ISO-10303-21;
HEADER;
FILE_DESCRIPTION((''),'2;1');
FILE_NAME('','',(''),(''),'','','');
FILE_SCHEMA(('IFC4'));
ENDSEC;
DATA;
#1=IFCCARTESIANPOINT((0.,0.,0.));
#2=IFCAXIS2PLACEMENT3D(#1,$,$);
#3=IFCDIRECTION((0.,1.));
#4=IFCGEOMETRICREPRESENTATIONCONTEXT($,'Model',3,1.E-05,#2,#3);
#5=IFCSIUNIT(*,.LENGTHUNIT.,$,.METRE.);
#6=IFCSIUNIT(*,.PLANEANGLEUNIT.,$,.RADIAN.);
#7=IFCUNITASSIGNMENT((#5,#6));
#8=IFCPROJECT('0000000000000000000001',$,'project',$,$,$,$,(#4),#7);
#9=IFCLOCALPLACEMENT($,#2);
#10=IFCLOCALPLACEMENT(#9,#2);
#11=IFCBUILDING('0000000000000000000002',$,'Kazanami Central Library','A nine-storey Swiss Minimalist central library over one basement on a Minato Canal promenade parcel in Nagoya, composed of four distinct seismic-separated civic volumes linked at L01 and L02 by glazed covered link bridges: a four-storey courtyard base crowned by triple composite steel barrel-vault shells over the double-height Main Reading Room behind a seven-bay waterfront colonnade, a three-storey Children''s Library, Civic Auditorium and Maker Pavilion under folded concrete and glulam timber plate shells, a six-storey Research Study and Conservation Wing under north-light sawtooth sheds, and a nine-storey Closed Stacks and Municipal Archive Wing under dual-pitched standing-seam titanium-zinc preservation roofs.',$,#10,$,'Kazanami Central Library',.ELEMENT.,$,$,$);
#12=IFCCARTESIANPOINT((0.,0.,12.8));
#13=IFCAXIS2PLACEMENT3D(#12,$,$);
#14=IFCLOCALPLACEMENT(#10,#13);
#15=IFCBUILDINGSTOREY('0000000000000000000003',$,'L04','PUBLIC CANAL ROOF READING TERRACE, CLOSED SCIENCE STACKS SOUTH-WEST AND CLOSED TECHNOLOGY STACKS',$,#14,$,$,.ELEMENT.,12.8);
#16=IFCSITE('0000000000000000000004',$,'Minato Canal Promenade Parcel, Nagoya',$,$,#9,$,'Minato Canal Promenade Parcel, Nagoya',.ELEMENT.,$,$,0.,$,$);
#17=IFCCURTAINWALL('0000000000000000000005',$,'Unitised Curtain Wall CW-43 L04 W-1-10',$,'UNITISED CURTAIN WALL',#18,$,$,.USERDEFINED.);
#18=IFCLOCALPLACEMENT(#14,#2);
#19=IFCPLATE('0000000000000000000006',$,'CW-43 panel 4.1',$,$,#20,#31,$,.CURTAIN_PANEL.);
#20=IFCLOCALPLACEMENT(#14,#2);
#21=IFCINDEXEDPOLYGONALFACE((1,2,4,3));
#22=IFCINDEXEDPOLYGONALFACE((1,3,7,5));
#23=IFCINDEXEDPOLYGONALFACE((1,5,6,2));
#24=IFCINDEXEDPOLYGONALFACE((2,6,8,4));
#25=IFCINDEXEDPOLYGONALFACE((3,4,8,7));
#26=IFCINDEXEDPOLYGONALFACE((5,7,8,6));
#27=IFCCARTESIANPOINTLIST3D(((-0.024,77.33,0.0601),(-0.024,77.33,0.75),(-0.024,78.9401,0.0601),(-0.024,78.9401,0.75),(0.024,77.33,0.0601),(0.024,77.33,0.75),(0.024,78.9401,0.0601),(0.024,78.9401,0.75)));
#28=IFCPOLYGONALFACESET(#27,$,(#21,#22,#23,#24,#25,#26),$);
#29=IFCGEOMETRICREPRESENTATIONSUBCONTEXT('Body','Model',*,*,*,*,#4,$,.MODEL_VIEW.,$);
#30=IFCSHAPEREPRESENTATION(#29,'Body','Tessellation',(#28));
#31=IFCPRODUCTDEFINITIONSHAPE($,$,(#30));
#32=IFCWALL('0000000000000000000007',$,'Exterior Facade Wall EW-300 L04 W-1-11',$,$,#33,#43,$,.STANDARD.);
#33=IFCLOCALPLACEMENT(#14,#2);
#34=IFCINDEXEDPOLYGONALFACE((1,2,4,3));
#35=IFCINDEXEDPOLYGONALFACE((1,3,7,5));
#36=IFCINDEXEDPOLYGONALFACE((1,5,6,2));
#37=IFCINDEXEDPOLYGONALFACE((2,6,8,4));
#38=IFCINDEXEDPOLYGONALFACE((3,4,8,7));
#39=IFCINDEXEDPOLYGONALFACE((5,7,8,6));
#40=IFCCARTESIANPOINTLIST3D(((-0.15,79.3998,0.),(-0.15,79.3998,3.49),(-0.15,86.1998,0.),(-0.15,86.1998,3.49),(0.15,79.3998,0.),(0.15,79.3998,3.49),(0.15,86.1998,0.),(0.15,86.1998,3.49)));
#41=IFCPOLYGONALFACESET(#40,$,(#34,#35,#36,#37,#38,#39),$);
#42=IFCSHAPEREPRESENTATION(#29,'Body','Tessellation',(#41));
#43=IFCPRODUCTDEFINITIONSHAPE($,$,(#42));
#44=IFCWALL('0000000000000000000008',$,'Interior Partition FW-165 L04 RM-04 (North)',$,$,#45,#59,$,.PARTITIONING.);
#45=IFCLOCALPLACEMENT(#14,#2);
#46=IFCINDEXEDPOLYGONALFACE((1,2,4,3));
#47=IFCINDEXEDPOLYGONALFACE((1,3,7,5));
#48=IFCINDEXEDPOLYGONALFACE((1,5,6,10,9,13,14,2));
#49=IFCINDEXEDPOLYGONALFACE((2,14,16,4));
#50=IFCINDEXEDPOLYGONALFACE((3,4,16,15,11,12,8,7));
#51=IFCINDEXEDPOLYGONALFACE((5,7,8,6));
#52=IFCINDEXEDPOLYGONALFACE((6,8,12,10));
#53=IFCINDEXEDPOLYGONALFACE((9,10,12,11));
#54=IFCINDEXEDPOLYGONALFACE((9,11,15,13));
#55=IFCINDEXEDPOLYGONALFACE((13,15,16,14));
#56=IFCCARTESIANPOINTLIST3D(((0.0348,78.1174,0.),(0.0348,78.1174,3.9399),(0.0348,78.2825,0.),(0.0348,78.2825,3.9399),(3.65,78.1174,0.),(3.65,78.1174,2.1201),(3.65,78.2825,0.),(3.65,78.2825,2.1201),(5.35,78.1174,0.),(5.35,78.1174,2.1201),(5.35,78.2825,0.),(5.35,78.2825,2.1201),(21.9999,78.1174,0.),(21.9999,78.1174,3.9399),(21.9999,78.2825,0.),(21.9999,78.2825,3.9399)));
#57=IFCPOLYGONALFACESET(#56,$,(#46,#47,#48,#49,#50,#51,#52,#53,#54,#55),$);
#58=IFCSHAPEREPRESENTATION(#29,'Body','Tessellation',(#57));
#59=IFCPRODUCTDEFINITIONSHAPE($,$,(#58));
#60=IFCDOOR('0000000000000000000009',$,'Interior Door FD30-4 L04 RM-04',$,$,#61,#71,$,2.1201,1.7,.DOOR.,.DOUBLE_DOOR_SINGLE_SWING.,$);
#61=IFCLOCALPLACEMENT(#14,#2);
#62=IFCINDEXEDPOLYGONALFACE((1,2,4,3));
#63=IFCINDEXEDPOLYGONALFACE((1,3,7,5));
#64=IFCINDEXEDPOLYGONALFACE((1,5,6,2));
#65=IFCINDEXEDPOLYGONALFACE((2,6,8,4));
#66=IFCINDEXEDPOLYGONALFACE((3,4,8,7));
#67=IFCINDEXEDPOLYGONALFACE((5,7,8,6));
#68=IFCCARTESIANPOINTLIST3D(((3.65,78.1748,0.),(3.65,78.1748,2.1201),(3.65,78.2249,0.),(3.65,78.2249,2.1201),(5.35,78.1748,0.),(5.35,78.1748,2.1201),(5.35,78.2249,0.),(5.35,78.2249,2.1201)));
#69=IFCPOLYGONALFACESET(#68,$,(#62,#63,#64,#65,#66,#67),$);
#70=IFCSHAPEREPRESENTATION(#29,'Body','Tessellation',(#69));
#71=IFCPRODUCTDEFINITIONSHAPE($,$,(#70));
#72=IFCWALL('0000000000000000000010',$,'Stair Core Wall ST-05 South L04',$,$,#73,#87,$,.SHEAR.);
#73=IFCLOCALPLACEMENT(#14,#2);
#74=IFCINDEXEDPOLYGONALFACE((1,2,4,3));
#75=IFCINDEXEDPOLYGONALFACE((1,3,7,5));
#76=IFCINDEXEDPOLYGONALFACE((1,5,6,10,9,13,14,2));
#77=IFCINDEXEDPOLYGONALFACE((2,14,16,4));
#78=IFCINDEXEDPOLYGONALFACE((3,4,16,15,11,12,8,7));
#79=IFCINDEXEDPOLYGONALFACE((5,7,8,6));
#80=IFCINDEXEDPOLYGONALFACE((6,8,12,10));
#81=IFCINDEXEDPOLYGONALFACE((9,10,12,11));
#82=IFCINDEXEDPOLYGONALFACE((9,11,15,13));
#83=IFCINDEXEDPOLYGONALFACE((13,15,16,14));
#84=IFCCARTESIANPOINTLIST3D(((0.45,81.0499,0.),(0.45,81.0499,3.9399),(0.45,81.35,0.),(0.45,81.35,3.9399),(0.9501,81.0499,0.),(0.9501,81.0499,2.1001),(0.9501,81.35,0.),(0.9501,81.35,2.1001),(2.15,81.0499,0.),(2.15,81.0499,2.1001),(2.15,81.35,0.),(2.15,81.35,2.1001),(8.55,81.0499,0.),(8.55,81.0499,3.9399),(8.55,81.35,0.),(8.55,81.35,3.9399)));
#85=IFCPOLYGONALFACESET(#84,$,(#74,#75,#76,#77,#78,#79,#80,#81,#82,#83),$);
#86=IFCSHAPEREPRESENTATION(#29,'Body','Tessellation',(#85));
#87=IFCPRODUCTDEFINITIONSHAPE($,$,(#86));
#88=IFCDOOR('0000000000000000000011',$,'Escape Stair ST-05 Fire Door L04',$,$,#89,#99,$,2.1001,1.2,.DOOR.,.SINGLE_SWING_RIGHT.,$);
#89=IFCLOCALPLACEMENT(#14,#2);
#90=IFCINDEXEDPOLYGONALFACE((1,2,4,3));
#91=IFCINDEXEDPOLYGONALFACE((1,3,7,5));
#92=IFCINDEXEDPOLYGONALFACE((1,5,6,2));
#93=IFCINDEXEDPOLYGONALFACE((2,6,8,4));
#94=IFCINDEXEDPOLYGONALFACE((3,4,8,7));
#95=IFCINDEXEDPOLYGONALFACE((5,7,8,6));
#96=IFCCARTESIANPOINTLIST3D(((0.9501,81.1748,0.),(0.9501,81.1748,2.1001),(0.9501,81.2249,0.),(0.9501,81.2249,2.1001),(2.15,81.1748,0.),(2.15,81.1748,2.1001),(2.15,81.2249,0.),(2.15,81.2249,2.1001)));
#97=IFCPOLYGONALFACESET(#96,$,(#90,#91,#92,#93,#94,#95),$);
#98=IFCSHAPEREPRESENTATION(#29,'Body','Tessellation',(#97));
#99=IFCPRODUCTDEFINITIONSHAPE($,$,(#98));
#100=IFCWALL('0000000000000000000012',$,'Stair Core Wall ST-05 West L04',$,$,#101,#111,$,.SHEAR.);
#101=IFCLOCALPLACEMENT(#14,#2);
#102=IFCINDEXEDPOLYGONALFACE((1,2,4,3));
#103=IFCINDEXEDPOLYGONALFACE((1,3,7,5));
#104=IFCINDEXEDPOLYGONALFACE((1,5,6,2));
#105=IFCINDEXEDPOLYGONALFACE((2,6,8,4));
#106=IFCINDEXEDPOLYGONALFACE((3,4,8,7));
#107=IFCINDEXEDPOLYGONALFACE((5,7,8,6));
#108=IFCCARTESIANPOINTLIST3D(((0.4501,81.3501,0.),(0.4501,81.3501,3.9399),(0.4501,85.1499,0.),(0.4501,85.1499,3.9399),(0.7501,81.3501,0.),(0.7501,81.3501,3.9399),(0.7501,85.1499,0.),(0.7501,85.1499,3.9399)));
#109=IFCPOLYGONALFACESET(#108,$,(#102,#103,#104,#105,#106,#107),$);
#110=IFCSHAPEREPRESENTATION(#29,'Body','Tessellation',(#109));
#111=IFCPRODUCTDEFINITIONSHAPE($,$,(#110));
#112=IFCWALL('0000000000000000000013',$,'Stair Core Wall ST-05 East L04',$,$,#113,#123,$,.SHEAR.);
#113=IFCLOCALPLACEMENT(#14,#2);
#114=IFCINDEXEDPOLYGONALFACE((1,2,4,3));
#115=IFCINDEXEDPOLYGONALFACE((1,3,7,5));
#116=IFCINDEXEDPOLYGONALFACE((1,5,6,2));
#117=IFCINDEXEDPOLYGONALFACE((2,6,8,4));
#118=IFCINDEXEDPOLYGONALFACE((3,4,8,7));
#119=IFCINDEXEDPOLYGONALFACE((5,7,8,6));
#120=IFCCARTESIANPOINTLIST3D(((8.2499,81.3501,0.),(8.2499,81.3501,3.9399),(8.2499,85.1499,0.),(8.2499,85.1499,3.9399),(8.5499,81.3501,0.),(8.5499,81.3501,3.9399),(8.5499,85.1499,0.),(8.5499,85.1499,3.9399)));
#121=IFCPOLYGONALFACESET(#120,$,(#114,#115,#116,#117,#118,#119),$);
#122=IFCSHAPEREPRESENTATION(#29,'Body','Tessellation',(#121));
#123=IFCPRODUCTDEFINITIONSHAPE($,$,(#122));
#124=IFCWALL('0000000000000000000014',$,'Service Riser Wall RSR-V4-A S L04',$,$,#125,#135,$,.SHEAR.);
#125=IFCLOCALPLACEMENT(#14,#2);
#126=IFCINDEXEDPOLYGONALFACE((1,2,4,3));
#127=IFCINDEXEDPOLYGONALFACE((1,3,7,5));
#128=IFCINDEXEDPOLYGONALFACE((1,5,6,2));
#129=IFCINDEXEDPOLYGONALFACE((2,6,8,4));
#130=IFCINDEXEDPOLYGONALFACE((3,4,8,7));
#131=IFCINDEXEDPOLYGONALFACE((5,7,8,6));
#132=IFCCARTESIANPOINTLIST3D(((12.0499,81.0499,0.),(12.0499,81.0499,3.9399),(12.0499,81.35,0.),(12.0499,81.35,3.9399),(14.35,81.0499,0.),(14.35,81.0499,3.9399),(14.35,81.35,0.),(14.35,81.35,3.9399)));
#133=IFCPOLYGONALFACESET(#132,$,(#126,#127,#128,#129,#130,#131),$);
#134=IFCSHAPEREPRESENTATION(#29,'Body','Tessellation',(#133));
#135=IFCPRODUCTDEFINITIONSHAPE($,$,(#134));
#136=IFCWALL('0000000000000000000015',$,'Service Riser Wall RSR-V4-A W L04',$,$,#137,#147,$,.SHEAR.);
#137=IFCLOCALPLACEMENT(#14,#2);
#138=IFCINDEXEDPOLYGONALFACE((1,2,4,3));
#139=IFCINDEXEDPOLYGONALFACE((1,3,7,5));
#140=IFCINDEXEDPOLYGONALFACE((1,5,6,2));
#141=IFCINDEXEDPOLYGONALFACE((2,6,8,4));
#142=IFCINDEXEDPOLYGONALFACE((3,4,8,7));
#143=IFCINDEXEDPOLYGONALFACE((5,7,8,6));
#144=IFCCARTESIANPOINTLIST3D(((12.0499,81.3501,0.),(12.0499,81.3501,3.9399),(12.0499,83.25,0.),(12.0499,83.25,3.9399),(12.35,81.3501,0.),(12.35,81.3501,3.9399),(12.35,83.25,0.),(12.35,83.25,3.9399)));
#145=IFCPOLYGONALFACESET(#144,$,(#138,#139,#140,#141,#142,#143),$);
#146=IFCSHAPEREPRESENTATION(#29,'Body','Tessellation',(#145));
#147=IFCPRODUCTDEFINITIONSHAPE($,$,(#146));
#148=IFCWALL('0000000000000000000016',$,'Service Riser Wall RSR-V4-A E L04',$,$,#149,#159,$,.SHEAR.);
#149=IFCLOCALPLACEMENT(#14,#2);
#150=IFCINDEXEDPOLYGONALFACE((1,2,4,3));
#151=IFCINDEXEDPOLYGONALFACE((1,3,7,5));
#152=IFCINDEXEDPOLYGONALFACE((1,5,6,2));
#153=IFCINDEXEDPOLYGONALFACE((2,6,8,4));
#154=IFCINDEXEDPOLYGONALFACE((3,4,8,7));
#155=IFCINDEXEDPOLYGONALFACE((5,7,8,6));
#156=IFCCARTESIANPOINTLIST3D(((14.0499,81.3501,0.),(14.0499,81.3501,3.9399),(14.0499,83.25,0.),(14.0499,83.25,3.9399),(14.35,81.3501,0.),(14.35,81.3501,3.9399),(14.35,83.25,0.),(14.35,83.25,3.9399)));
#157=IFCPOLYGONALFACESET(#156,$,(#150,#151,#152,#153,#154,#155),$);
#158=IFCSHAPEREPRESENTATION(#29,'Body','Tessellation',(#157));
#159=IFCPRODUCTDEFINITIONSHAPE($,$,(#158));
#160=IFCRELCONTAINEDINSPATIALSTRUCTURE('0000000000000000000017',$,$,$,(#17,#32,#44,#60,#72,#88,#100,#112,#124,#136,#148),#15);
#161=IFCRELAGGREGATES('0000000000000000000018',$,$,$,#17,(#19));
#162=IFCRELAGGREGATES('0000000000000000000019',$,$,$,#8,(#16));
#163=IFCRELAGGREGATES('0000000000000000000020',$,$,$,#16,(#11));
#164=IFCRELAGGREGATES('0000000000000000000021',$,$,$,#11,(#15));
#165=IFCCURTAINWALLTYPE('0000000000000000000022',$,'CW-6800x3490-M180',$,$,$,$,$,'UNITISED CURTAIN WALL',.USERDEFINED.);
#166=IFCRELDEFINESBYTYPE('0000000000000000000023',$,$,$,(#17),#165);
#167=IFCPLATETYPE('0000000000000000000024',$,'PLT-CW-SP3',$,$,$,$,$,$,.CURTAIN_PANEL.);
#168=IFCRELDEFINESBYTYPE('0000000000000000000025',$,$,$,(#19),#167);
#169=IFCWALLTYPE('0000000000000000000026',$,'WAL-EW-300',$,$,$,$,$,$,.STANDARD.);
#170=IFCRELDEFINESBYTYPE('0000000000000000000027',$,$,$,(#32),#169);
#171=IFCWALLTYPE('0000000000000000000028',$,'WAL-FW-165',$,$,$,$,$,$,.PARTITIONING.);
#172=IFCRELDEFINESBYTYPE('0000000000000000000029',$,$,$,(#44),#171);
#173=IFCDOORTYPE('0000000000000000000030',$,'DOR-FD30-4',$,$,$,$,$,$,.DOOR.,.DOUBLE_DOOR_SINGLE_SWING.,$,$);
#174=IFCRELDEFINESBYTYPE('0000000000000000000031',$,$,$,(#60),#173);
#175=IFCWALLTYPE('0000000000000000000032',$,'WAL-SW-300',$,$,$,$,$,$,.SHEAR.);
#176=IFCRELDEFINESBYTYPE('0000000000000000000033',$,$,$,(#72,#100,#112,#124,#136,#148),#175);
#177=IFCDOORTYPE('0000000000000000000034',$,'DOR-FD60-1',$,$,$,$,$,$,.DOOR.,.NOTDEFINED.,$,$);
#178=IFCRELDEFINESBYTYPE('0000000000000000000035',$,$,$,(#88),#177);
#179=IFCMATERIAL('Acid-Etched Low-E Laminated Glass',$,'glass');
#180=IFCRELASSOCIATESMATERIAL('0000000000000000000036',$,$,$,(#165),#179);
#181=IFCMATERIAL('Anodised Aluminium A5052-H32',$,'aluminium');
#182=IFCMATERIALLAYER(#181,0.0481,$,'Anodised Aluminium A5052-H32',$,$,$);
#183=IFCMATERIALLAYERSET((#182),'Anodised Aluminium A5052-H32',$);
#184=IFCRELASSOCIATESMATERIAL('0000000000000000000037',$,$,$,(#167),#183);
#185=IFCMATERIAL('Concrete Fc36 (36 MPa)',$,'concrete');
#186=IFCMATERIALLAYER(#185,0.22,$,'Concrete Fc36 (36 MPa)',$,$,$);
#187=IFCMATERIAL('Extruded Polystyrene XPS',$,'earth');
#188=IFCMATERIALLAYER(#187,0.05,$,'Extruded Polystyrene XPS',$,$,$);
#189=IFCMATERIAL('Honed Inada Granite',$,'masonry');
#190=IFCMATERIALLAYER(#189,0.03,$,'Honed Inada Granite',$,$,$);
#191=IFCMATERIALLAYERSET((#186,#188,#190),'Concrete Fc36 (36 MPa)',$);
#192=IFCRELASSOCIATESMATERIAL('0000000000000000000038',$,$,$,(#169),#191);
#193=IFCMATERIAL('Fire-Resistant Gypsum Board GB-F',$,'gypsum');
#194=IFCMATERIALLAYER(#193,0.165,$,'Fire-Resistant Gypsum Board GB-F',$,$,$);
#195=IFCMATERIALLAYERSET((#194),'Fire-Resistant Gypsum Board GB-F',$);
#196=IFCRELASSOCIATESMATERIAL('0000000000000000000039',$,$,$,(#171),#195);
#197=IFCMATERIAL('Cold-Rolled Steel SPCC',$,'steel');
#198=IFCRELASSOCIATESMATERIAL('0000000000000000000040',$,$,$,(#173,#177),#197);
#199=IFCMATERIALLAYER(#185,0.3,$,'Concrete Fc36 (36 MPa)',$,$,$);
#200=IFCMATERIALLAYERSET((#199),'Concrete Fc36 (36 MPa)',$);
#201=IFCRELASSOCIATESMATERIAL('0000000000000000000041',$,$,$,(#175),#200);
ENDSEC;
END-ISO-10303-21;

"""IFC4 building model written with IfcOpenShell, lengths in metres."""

from ifc_helpers import new_model, si_unit, direction, frame, frame_2d, origin, origin_2d, place, context, subcontext, project, spatial, rectangle, extrude, material, layer, layer_set, type_object, element, fill, aggregate, save


model = new_model("IFC4")

# Units and contexts
model_context = context("Model", 3, precision=1e-05, world=origin(), true_north=direction((0.0, 1.0)))
body_context = subcontext(model_context, "Body", "Model", "MODEL_VIEW")
ifc_project = project(units=[si_unit("LENGTHUNIT", "METRE"), si_unit("PLANEANGLEUNIT", "RADIAN")], contexts=[model_context])

# Site, building, storey
site_placement = place(None, origin())
site = spatial("IfcSite", under=ifc_project, at=site_placement, Name="Minato Canal Promenade Parcel, Nagoya", LongName="Minato Canal Promenade Parcel, Nagoya", CompositionType="ELEMENT", RefElevation=0.0)
building_placement = place(site_placement, origin())
building = spatial("IfcBuilding", under=site, at=building_placement, Name="Kazanami Central Library", Description="A nine-storey Swiss Minimalist central library over one basement on a Minato Canal promenade parcel in Nagoya, composed of four distinct seismic-separated civic volumes linked at L01 and L02 by glazed covered link bridges: a four-storey courtyard base crowned by triple composite steel barrel-vault shells over the double-height Main Reading Room behind a seven-bay waterfront colonnade, a three-storey Children's Library, Civic Auditorium and Maker Pavilion under folded concrete and glulam timber plate shells, a six-storey Research Study and Conservation Wing under north-light sawtooth sheds, and a nine-storey Closed Stacks and Municipal Archive Wing under dual-pitched standing-seam titanium-zinc preservation roofs.", LongName="Kazanami Central Library", CompositionType="ELEMENT")
storey_placement = place(building_placement, frame((0.0, 0.0, 12.8)))
storey = spatial("IfcBuildingStorey", under=building, at=storey_placement, Name="L04", Description="PUBLIC CANAL ROOF READING TERRACE, CLOSED SCIENCE STACKS SOUTH-WEST AND CLOSED TECHNOLOGY STACKS", CompositionType="ELEMENT", Elevation=12.8)

# Curtain wall, plate
ifc_material_1 = material(Name="Acid-Etched Low-E Laminated Glass", Category="glass")
curtain_wall_type = type_object("IfcCurtainWallType", Name="CW-6800x3490-M180", ElementType="UNITISED CURTAIN WALL", PredefinedType="USERDEFINED", material=ifc_material_1)
curtain_wall_placement = place(storey_placement, origin())
curtain_wall = element("IfcCurtainWall", 1, at=curtain_wall_placement, inside=storey, type_object=curtain_wall_type, Name="Unitised Curtain Wall CW-43 L04 W-1-10", ObjectType="UNITISED CURTAIN WALL", PredefinedType="USERDEFINED")
ifc_material_2 = material(Name="Anodised Aluminium A5052-H32", Category="aluminium")
ifc_layer_1 = layer(ifc_material_2, 0.0481, Name="Anodised Aluminium A5052-H32")
ifc_layer_set_1 = layer_set([ifc_layer_1], Name="Anodised Aluminium A5052-H32")
plate_type_1 = type_object("IfcPlateType", Name="PLT-CW-SP3", PredefinedType="CURTAIN_PANEL", material=ifc_layer_set_1)
plate_1_placement = place(storey_placement, frame((0.0, 78.135, 0.0601), z_axis=(0.0, 0.0, 1.0), x_axis=(0.0, 1.0, 0.0)))
plate_1 = element("IfcPlate", 2, at=plate_1_placement, type_object=plate_type_1, Name="CW-43 panel 4.1", PredefinedType="CURTAIN_PANEL", context=body_context, shape_type="SweptSolid", body=[
    extrude(rectangle(XDim=1.6101, YDim=0.0481, at=origin_2d()), origin(), (0.0, 0.0, 1.0), 0.6899),
])
aggregate(curtain_wall, [plate_1])

# Wall
ifc_material_3 = material(Name="Concrete Fc36 (36 MPa)", Category="concrete")
ifc_layer_2 = layer(ifc_material_3, 0.22, Name="Concrete Fc36 (36 MPa)")
ifc_material_4 = material(Name="Extruded Polystyrene XPS", Category="earth")
ifc_layer_3 = layer(ifc_material_4, 0.05, Name="Extruded Polystyrene XPS")
ifc_material_5 = material(Name="Honed Inada Granite", Category="masonry")
ifc_layer_4 = layer(ifc_material_5, 0.03, Name="Honed Inada Granite")
ifc_layer_set_2 = layer_set([ifc_layer_2, ifc_layer_3, ifc_layer_4], Name="Concrete Fc36 (36 MPa)")
wall_type_1 = type_object("IfcWallType", Name="WAL-EW-300", PredefinedType="STANDARD", material=ifc_layer_set_2)
wall_1_placement = place(storey_placement, frame((0.0, 79.3999, 0.0), z_axis=(0.0, 0.0, 1.0), x_axis=(0.0, 1.0, 0.0)))
element("IfcWall", 3, at=wall_1_placement, inside=storey, type_object=wall_type_1, Name="Exterior Facade Wall EW-300 L04 W-1-11", PredefinedType="STANDARD", context=body_context, shape_type="SweptSolid", body=[
    extrude(rectangle(XDim=6.8, YDim=0.3, at=frame_2d((3.3999, 0.0))), origin(), (0.0, 0.0, 1.0), 3.49),
])

# Walls, openings, doors
ifc_material_6 = material(Name="Fire-Resistant Gypsum Board GB-F", Category="gypsum")
ifc_layer_5 = layer(ifc_material_6, 0.165, Name="Fire-Resistant Gypsum Board GB-F")
ifc_layer_set_3 = layer_set([ifc_layer_5], Name="Fire-Resistant Gypsum Board GB-F")
wall_type_2 = type_object("IfcWallType", Name="WAL-FW-165", PredefinedType="PARTITIONING", material=ifc_layer_set_3)
wall_2_placement = place(storey_placement, frame((0.0349, 78.2, 0.0), z_axis=(0.0, 0.0, 1.0), x_axis=(1.0, 0.0, 0.0)))
wall_2 = element("IfcWall", 4, at=wall_2_placement, inside=storey, type_object=wall_type_2, Name="Interior Partition FW-165 L04 RM-04 (North)", PredefinedType="PARTITIONING", context=body_context, shape_type="SweptSolid", body=[
    extrude(rectangle(XDim=21.9651, YDim=0.165, at=frame_2d((10.9824, 0.0))), origin(), (0.0, 0.0, 1.0), 3.9399),
])
opening_1_placement = place(wall_2_placement, frame((3.615, 0.0, 0.0)))
opening_1 = element("IfcOpeningElement", 5, at=opening_1_placement, cuts=wall_2, PredefinedType="OPENING", context=body_context, shape_type="SweptSolid", body=[
    extrude(rectangle(XDim=1.7, YDim=2.1201, at=frame_2d((0.8501, 1.0601))), frame((0.0, 0.0945, 0.0), z_axis=(0.0, -1.0, 0.0), x_axis=(1.0, 0.0, 0.0)), (0.0, 0.0, 1.0), 0.189),
])
ifc_material_7 = material(Name="Cold-Rolled Steel SPCC", Category="steel")
door_type_1 = type_object("IfcDoorType", Name="DOR-FD30-4", OperationType="DOUBLE_DOOR_SINGLE_SWING", PredefinedType="DOOR", material=ifc_material_7)
door_1_placement = place(opening_1_placement, origin())
door_1 = element("IfcDoor", 6, at=door_1_placement, inside=storey, type_object=door_type_1, Name="Interior Door FD30-4 L04 RM-04", OperationType="DOUBLE_DOOR_SINGLE_SWING", OverallHeight=2.1201, OverallWidth=1.7, PredefinedType="DOOR", context=body_context, shape_type="SweptSolid", body=[
    extrude(rectangle(XDim=1.7, YDim=2.1201, at=frame_2d((0.8501, 1.0601))), frame((0.0, 0.0249, 0.0), z_axis=(0.0, -1.0, 0.0), x_axis=(1.0, 0.0, 0.0)), (0.0, 0.0, 1.0), 0.05),
])
fill(opening_1, door_1)
ifc_layer_6 = layer(ifc_material_3, 0.3, Name="Concrete Fc36 (36 MPa)")
ifc_layer_set_4 = layer_set([ifc_layer_6], Name="Concrete Fc36 (36 MPa)")
wall_type_3 = type_object("IfcWallType", Name="WAL-SW-300", PredefinedType="SHEAR", material=ifc_layer_set_4)
wall_3_placement = place(storey_placement, frame((0.45, 81.2, 0.0), z_axis=(0.0, 0.0, 1.0), x_axis=(1.0, 0.0, 0.0)))
wall_3 = element("IfcWall", 7, at=wall_3_placement, inside=storey, type_object=wall_type_3, Name="Stair Core Wall ST-05 South L04", PredefinedType="SHEAR", context=body_context, shape_type="SweptSolid", body=[
    extrude(rectangle(XDim=8.1001, YDim=0.3, at=frame_2d((4.05, 0.0))), origin(), (0.0, 0.0, 1.0), 3.9399),
])
opening_2_placement = place(wall_3_placement, frame((0.5, 0.0, 0.0)))
opening_2 = element("IfcOpeningElement", 8, at=opening_2_placement, cuts=wall_3, PredefinedType="OPENING", context=body_context, shape_type="SweptSolid", body=[
    extrude(rectangle(XDim=1.2, YDim=2.1001, at=frame_2d((0.6001, 1.05))), frame((0.0, 0.1621, 0.0), z_axis=(0.0, -1.0, 0.0), x_axis=(1.0, 0.0, 0.0)), (0.0, 0.0, 1.0), 0.324),
])
door_type_2 = type_object("IfcDoorType", Name="DOR-FD60-1", OperationType="NOTDEFINED", PredefinedType="DOOR", material=ifc_material_7)
door_2_placement = place(opening_2_placement, origin())
door_2 = element("IfcDoor", 9, at=door_2_placement, inside=storey, type_object=door_type_2, Name="Escape Stair ST-05 Fire Door L04", OperationType="SINGLE_SWING_RIGHT", OverallHeight=2.1001, OverallWidth=1.2, PredefinedType="DOOR", context=body_context, shape_type="SweptSolid", body=[
    extrude(rectangle(XDim=1.2, YDim=2.1001, at=frame_2d((0.6001, 1.05))), frame((0.0, 0.0249, 0.0), z_axis=(0.0, -1.0, 0.0), x_axis=(1.0, 0.0, 0.0)), (0.0, 0.0, 1.0), 0.05),
])
fill(opening_2, door_2)

# Walls
for number, where, z_axis, x_axis, name in (
    (10, (0.6001, 81.3501, 0.0), (0.0, 0.0, 1.0), (0.0, 1.0, 0.0), "Stair Core Wall ST-05 West L04"),
    (11, (8.3999, 81.3501, 0.0), (0.0, 0.0, 1.0), (0.0, 1.0, 0.0), "Stair Core Wall ST-05 East L04"),
):
    element("IfcWall", number, at=place(storey_placement, frame(where, z_axis=z_axis, x_axis=x_axis)), inside=storey, type_object=wall_type_3, Name=name, PredefinedType="SHEAR", context=body_context, shape_type="SweptSolid", body=[
        extrude(rectangle(XDim=3.7998, YDim=0.3, at=frame_2d((1.8999, 0.0))), origin(), (0.0, 0.0, 1.0), 3.9399),
    ])
wall_4_placement = place(storey_placement, frame((12.05, 81.2, 0.0), z_axis=(0.0, 0.0, 1.0), x_axis=(1.0, 0.0, 0.0)))
element("IfcWall", 12, at=wall_4_placement, inside=storey, type_object=wall_type_3, Name="Service Riser Wall RSR-V4-A S L04", PredefinedType="SHEAR", context=body_context, shape_type="SweptSolid", body=[
    extrude(rectangle(XDim=2.3, YDim=0.3, at=frame_2d((1.1499, 0.0))), origin(), (0.0, 0.0, 1.0), 3.9399),
])
for number, where, z_axis, x_axis, name in (
    (13, (12.2, 81.3501, 0.0), (0.0, 0.0, 1.0), (0.0, 1.0, 0.0), "Service Riser Wall RSR-V4-A W L04"),
    (14, (14.2, 81.3501, 0.0), (0.0, 0.0, 1.0), (0.0, 1.0, 0.0), "Service Riser Wall RSR-V4-A E L04"),
):
    element("IfcWall", number, at=place(storey_placement, frame(where, z_axis=z_axis, x_axis=x_axis)), inside=storey, type_object=wall_type_3, Name=name, PredefinedType="SHEAR", context=body_context, shape_type="SweptSolid", body=[
        extrude(rectangle(XDim=1.8999, YDim=0.3, at=frame_2d((0.95, 0.0))), origin(), (0.0, 0.0, 1.0), 3.9399),
    ])

save(model, "model.ifc")
